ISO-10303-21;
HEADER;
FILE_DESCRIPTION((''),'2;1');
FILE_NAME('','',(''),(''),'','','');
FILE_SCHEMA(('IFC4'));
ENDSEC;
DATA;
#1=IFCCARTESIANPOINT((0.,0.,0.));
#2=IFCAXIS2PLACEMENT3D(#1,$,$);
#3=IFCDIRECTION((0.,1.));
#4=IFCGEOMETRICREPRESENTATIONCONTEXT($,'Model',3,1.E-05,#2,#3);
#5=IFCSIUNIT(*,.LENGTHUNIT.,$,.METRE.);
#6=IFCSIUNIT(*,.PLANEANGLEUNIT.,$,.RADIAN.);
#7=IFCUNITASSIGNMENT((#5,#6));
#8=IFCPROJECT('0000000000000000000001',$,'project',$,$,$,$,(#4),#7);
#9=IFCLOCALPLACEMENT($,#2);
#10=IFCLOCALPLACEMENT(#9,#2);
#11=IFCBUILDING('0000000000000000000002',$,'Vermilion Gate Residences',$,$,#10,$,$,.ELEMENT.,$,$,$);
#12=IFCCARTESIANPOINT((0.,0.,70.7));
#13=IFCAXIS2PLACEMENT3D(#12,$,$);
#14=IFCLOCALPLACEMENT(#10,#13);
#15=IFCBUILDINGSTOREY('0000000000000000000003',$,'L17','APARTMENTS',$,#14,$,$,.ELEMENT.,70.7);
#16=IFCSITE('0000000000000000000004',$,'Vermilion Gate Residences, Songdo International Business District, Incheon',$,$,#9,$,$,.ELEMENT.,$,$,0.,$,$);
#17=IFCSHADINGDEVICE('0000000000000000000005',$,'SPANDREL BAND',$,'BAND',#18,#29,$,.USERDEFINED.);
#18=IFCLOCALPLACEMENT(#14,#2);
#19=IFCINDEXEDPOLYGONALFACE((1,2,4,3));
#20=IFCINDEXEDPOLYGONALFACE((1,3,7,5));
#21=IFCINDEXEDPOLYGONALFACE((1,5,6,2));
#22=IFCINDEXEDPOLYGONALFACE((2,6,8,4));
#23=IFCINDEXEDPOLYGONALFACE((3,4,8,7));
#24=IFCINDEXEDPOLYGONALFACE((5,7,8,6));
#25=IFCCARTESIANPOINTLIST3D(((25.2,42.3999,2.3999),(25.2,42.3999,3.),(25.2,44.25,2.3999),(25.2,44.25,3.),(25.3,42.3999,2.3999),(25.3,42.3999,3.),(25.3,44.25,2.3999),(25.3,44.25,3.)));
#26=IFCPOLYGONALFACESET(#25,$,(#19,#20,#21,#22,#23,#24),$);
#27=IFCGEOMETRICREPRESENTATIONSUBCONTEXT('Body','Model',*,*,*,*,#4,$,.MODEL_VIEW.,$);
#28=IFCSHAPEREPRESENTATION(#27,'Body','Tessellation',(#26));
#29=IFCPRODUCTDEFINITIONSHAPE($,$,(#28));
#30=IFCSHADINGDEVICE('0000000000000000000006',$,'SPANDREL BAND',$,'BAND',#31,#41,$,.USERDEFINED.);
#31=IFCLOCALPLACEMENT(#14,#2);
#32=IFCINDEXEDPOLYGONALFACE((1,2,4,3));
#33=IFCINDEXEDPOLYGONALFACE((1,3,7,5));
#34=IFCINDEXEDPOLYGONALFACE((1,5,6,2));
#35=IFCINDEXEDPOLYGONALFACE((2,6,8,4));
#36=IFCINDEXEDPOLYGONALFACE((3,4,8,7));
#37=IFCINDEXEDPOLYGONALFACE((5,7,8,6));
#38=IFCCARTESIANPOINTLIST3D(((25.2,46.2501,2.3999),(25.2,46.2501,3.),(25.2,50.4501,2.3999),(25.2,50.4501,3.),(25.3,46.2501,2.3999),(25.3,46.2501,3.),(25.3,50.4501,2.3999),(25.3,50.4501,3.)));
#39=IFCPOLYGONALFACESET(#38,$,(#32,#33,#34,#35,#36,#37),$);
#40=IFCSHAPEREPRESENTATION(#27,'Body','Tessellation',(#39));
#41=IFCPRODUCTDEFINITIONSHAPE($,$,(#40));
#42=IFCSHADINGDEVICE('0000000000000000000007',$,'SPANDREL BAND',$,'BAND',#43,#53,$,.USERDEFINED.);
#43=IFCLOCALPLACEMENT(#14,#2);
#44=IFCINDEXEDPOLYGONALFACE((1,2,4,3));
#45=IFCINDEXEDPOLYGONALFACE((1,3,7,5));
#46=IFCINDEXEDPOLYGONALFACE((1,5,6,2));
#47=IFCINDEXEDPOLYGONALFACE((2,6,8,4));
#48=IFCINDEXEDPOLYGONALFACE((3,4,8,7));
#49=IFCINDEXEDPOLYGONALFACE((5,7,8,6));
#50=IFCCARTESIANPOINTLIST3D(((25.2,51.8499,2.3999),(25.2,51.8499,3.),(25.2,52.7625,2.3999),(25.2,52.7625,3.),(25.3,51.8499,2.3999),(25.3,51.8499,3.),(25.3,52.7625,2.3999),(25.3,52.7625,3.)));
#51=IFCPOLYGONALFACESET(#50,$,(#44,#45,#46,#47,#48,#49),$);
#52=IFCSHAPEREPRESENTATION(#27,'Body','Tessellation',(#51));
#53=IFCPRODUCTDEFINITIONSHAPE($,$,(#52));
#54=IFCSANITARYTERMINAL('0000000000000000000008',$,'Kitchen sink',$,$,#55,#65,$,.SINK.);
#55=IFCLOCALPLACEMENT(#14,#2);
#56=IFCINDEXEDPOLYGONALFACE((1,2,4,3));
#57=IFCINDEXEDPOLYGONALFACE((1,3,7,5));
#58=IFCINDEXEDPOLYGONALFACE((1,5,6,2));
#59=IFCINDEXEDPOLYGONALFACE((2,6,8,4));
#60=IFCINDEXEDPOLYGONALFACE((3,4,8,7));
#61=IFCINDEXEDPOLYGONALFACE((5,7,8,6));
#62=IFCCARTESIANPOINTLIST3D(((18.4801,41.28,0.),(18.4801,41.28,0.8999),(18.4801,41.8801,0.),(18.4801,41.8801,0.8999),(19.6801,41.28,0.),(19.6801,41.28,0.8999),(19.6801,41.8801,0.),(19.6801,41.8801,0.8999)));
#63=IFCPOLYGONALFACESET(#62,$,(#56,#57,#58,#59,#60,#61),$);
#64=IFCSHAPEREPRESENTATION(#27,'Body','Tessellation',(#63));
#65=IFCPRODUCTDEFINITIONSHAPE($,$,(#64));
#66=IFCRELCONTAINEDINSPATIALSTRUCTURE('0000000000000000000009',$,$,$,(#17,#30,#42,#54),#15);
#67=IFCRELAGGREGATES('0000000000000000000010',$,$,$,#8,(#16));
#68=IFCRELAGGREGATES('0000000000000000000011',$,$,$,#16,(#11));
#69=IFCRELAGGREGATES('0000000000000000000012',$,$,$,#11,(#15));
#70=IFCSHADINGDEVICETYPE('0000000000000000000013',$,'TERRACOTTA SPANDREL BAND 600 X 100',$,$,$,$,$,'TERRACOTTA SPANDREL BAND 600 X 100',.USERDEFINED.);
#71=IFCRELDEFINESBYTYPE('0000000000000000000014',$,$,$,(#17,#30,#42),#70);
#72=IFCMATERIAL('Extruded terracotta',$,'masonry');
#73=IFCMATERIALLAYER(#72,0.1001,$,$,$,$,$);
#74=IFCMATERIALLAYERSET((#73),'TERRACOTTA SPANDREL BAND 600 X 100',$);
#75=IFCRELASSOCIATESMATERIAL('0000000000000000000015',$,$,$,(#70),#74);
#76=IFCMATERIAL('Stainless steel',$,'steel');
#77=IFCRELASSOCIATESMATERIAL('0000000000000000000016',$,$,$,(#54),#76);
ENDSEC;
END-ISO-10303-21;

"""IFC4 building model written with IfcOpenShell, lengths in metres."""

from ifc_helpers import new_model, si_unit, direction, frame, origin, origin_2d, place, context, subcontext, project, spatial, rectangle, extrude, material, layer, layer_set, type_object, element, save


model = new_model("IFC4")

# Units and contexts
model_context = context("Model", 3, precision=1e-05, world=origin(), true_north=direction((0.0, 1.0)))
body_context = subcontext(model_context, "Body", "Model", "MODEL_VIEW")
ifc_project = project(units=[si_unit("LENGTHUNIT", "METRE"), si_unit("PLANEANGLEUNIT", "RADIAN")], contexts=[model_context])

# Site, building, storey
site_placement = place(None, origin())
site = spatial("IfcSite", under=ifc_project, at=site_placement, Name="Vermilion Gate Residences, Songdo International Business District, Incheon", CompositionType="ELEMENT", RefElevation=0.0)
building_placement = place(site_placement, origin())
building = spatial("IfcBuilding", under=site, at=building_placement, Name="Vermilion Gate Residences", CompositionType="ELEMENT")
storey_placement = place(building_placement, frame((0.0, 0.0, 70.7)))
storey = spatial("IfcBuildingStorey", under=building, at=storey_placement, Name="L17", Description="APARTMENTS", CompositionType="ELEMENT", Elevation=70.7)

# Shading devices
ifc_material_1 = material(Name="Extruded terracotta", Category="masonry")
ifc_layer_1 = layer(ifc_material_1, 0.1001)
ifc_layer_set_1 = layer_set([ifc_layer_1], Name="TERRACOTTA SPANDREL BAND 600 X 100")
shading_device_type = type_object("IfcShadingDeviceType", Name="TERRACOTTA SPANDREL BAND 600 X 100", ElementType="TERRACOTTA SPANDREL BAND 600 X 100", PredefinedType="USERDEFINED", material=ifc_layer_set_1)
shading_device_1_placement = place(storey_placement, frame((25.25, 43.325, 2.3999), z_axis=(0.0, 0.0, 1.0), x_axis=(0.0, 1.0, 0.0)))
element("IfcShadingDevice", 1, at=shading_device_1_placement, inside=storey, type_object=shading_device_type, Name="SPANDREL BAND", ObjectType="BAND", PredefinedType="USERDEFINED", context=body_context, shape_type="SweptSolid", body=[
    extrude(rectangle(XDim=1.8501, YDim=0.1001, at=origin_2d()), origin(), (0.0, 0.0, 1.0), 0.6001),
])
shading_device_2_placement = place(storey_placement, frame((25.25, 48.3501, 2.3999), z_axis=(0.0, 0.0, 1.0), x_axis=(0.0, 1.0, 0.0)))
element("IfcShadingDevice", 2, at=shading_device_2_placement, inside=storey, type_object=shading_device_type, Name="SPANDREL BAND", ObjectType="BAND", PredefinedType="USERDEFINED", context=body_context, shape_type="SweptSolid", body=[
    extrude(rectangle(XDim=4.2, YDim=0.1001, at=origin_2d()), origin(), (0.0, 0.0, 1.0), 0.6001),
])
shading_device_3_placement = place(storey_placement, frame((25.25, 52.3062, 2.3999), z_axis=(0.0, 0.0, 1.0), x_axis=(0.0, 1.0, 0.0)))
element("IfcShadingDevice", 3, at=shading_device_3_placement, inside=storey, type_object=shading_device_type, Name="SPANDREL BAND", ObjectType="BAND", PredefinedType="USERDEFINED", context=body_context, shape_type="SweptSolid", body=[
    extrude(rectangle(XDim=0.9126, YDim=0.1001, at=origin_2d()), origin(), (0.0, 0.0, 1.0), 0.6001),
])

# Sanitary terminal
ifc_material_2 = material(Name="Stainless steel", Category="steel")
sanitary_terminal_placement = place(storey_placement, frame((19.0801, 41.5801, 0.0), z_axis=(0.0, 0.0, 1.0), x_axis=(1.0, 0.0, 0.0)))
element("IfcSanitaryTerminal", 4, at=sanitary_terminal_placement, inside=storey, material=ifc_material_2, Name="Kitchen sink", PredefinedType="SINK", context=body_context, shape_type="SweptSolid", body=[
    extrude(rectangle(XDim=1.2, YDim=0.6001, at=origin_2d()), origin(), (0.0, 0.0, 1.0), 0.8999),
])

save(model, "model.ifc")
